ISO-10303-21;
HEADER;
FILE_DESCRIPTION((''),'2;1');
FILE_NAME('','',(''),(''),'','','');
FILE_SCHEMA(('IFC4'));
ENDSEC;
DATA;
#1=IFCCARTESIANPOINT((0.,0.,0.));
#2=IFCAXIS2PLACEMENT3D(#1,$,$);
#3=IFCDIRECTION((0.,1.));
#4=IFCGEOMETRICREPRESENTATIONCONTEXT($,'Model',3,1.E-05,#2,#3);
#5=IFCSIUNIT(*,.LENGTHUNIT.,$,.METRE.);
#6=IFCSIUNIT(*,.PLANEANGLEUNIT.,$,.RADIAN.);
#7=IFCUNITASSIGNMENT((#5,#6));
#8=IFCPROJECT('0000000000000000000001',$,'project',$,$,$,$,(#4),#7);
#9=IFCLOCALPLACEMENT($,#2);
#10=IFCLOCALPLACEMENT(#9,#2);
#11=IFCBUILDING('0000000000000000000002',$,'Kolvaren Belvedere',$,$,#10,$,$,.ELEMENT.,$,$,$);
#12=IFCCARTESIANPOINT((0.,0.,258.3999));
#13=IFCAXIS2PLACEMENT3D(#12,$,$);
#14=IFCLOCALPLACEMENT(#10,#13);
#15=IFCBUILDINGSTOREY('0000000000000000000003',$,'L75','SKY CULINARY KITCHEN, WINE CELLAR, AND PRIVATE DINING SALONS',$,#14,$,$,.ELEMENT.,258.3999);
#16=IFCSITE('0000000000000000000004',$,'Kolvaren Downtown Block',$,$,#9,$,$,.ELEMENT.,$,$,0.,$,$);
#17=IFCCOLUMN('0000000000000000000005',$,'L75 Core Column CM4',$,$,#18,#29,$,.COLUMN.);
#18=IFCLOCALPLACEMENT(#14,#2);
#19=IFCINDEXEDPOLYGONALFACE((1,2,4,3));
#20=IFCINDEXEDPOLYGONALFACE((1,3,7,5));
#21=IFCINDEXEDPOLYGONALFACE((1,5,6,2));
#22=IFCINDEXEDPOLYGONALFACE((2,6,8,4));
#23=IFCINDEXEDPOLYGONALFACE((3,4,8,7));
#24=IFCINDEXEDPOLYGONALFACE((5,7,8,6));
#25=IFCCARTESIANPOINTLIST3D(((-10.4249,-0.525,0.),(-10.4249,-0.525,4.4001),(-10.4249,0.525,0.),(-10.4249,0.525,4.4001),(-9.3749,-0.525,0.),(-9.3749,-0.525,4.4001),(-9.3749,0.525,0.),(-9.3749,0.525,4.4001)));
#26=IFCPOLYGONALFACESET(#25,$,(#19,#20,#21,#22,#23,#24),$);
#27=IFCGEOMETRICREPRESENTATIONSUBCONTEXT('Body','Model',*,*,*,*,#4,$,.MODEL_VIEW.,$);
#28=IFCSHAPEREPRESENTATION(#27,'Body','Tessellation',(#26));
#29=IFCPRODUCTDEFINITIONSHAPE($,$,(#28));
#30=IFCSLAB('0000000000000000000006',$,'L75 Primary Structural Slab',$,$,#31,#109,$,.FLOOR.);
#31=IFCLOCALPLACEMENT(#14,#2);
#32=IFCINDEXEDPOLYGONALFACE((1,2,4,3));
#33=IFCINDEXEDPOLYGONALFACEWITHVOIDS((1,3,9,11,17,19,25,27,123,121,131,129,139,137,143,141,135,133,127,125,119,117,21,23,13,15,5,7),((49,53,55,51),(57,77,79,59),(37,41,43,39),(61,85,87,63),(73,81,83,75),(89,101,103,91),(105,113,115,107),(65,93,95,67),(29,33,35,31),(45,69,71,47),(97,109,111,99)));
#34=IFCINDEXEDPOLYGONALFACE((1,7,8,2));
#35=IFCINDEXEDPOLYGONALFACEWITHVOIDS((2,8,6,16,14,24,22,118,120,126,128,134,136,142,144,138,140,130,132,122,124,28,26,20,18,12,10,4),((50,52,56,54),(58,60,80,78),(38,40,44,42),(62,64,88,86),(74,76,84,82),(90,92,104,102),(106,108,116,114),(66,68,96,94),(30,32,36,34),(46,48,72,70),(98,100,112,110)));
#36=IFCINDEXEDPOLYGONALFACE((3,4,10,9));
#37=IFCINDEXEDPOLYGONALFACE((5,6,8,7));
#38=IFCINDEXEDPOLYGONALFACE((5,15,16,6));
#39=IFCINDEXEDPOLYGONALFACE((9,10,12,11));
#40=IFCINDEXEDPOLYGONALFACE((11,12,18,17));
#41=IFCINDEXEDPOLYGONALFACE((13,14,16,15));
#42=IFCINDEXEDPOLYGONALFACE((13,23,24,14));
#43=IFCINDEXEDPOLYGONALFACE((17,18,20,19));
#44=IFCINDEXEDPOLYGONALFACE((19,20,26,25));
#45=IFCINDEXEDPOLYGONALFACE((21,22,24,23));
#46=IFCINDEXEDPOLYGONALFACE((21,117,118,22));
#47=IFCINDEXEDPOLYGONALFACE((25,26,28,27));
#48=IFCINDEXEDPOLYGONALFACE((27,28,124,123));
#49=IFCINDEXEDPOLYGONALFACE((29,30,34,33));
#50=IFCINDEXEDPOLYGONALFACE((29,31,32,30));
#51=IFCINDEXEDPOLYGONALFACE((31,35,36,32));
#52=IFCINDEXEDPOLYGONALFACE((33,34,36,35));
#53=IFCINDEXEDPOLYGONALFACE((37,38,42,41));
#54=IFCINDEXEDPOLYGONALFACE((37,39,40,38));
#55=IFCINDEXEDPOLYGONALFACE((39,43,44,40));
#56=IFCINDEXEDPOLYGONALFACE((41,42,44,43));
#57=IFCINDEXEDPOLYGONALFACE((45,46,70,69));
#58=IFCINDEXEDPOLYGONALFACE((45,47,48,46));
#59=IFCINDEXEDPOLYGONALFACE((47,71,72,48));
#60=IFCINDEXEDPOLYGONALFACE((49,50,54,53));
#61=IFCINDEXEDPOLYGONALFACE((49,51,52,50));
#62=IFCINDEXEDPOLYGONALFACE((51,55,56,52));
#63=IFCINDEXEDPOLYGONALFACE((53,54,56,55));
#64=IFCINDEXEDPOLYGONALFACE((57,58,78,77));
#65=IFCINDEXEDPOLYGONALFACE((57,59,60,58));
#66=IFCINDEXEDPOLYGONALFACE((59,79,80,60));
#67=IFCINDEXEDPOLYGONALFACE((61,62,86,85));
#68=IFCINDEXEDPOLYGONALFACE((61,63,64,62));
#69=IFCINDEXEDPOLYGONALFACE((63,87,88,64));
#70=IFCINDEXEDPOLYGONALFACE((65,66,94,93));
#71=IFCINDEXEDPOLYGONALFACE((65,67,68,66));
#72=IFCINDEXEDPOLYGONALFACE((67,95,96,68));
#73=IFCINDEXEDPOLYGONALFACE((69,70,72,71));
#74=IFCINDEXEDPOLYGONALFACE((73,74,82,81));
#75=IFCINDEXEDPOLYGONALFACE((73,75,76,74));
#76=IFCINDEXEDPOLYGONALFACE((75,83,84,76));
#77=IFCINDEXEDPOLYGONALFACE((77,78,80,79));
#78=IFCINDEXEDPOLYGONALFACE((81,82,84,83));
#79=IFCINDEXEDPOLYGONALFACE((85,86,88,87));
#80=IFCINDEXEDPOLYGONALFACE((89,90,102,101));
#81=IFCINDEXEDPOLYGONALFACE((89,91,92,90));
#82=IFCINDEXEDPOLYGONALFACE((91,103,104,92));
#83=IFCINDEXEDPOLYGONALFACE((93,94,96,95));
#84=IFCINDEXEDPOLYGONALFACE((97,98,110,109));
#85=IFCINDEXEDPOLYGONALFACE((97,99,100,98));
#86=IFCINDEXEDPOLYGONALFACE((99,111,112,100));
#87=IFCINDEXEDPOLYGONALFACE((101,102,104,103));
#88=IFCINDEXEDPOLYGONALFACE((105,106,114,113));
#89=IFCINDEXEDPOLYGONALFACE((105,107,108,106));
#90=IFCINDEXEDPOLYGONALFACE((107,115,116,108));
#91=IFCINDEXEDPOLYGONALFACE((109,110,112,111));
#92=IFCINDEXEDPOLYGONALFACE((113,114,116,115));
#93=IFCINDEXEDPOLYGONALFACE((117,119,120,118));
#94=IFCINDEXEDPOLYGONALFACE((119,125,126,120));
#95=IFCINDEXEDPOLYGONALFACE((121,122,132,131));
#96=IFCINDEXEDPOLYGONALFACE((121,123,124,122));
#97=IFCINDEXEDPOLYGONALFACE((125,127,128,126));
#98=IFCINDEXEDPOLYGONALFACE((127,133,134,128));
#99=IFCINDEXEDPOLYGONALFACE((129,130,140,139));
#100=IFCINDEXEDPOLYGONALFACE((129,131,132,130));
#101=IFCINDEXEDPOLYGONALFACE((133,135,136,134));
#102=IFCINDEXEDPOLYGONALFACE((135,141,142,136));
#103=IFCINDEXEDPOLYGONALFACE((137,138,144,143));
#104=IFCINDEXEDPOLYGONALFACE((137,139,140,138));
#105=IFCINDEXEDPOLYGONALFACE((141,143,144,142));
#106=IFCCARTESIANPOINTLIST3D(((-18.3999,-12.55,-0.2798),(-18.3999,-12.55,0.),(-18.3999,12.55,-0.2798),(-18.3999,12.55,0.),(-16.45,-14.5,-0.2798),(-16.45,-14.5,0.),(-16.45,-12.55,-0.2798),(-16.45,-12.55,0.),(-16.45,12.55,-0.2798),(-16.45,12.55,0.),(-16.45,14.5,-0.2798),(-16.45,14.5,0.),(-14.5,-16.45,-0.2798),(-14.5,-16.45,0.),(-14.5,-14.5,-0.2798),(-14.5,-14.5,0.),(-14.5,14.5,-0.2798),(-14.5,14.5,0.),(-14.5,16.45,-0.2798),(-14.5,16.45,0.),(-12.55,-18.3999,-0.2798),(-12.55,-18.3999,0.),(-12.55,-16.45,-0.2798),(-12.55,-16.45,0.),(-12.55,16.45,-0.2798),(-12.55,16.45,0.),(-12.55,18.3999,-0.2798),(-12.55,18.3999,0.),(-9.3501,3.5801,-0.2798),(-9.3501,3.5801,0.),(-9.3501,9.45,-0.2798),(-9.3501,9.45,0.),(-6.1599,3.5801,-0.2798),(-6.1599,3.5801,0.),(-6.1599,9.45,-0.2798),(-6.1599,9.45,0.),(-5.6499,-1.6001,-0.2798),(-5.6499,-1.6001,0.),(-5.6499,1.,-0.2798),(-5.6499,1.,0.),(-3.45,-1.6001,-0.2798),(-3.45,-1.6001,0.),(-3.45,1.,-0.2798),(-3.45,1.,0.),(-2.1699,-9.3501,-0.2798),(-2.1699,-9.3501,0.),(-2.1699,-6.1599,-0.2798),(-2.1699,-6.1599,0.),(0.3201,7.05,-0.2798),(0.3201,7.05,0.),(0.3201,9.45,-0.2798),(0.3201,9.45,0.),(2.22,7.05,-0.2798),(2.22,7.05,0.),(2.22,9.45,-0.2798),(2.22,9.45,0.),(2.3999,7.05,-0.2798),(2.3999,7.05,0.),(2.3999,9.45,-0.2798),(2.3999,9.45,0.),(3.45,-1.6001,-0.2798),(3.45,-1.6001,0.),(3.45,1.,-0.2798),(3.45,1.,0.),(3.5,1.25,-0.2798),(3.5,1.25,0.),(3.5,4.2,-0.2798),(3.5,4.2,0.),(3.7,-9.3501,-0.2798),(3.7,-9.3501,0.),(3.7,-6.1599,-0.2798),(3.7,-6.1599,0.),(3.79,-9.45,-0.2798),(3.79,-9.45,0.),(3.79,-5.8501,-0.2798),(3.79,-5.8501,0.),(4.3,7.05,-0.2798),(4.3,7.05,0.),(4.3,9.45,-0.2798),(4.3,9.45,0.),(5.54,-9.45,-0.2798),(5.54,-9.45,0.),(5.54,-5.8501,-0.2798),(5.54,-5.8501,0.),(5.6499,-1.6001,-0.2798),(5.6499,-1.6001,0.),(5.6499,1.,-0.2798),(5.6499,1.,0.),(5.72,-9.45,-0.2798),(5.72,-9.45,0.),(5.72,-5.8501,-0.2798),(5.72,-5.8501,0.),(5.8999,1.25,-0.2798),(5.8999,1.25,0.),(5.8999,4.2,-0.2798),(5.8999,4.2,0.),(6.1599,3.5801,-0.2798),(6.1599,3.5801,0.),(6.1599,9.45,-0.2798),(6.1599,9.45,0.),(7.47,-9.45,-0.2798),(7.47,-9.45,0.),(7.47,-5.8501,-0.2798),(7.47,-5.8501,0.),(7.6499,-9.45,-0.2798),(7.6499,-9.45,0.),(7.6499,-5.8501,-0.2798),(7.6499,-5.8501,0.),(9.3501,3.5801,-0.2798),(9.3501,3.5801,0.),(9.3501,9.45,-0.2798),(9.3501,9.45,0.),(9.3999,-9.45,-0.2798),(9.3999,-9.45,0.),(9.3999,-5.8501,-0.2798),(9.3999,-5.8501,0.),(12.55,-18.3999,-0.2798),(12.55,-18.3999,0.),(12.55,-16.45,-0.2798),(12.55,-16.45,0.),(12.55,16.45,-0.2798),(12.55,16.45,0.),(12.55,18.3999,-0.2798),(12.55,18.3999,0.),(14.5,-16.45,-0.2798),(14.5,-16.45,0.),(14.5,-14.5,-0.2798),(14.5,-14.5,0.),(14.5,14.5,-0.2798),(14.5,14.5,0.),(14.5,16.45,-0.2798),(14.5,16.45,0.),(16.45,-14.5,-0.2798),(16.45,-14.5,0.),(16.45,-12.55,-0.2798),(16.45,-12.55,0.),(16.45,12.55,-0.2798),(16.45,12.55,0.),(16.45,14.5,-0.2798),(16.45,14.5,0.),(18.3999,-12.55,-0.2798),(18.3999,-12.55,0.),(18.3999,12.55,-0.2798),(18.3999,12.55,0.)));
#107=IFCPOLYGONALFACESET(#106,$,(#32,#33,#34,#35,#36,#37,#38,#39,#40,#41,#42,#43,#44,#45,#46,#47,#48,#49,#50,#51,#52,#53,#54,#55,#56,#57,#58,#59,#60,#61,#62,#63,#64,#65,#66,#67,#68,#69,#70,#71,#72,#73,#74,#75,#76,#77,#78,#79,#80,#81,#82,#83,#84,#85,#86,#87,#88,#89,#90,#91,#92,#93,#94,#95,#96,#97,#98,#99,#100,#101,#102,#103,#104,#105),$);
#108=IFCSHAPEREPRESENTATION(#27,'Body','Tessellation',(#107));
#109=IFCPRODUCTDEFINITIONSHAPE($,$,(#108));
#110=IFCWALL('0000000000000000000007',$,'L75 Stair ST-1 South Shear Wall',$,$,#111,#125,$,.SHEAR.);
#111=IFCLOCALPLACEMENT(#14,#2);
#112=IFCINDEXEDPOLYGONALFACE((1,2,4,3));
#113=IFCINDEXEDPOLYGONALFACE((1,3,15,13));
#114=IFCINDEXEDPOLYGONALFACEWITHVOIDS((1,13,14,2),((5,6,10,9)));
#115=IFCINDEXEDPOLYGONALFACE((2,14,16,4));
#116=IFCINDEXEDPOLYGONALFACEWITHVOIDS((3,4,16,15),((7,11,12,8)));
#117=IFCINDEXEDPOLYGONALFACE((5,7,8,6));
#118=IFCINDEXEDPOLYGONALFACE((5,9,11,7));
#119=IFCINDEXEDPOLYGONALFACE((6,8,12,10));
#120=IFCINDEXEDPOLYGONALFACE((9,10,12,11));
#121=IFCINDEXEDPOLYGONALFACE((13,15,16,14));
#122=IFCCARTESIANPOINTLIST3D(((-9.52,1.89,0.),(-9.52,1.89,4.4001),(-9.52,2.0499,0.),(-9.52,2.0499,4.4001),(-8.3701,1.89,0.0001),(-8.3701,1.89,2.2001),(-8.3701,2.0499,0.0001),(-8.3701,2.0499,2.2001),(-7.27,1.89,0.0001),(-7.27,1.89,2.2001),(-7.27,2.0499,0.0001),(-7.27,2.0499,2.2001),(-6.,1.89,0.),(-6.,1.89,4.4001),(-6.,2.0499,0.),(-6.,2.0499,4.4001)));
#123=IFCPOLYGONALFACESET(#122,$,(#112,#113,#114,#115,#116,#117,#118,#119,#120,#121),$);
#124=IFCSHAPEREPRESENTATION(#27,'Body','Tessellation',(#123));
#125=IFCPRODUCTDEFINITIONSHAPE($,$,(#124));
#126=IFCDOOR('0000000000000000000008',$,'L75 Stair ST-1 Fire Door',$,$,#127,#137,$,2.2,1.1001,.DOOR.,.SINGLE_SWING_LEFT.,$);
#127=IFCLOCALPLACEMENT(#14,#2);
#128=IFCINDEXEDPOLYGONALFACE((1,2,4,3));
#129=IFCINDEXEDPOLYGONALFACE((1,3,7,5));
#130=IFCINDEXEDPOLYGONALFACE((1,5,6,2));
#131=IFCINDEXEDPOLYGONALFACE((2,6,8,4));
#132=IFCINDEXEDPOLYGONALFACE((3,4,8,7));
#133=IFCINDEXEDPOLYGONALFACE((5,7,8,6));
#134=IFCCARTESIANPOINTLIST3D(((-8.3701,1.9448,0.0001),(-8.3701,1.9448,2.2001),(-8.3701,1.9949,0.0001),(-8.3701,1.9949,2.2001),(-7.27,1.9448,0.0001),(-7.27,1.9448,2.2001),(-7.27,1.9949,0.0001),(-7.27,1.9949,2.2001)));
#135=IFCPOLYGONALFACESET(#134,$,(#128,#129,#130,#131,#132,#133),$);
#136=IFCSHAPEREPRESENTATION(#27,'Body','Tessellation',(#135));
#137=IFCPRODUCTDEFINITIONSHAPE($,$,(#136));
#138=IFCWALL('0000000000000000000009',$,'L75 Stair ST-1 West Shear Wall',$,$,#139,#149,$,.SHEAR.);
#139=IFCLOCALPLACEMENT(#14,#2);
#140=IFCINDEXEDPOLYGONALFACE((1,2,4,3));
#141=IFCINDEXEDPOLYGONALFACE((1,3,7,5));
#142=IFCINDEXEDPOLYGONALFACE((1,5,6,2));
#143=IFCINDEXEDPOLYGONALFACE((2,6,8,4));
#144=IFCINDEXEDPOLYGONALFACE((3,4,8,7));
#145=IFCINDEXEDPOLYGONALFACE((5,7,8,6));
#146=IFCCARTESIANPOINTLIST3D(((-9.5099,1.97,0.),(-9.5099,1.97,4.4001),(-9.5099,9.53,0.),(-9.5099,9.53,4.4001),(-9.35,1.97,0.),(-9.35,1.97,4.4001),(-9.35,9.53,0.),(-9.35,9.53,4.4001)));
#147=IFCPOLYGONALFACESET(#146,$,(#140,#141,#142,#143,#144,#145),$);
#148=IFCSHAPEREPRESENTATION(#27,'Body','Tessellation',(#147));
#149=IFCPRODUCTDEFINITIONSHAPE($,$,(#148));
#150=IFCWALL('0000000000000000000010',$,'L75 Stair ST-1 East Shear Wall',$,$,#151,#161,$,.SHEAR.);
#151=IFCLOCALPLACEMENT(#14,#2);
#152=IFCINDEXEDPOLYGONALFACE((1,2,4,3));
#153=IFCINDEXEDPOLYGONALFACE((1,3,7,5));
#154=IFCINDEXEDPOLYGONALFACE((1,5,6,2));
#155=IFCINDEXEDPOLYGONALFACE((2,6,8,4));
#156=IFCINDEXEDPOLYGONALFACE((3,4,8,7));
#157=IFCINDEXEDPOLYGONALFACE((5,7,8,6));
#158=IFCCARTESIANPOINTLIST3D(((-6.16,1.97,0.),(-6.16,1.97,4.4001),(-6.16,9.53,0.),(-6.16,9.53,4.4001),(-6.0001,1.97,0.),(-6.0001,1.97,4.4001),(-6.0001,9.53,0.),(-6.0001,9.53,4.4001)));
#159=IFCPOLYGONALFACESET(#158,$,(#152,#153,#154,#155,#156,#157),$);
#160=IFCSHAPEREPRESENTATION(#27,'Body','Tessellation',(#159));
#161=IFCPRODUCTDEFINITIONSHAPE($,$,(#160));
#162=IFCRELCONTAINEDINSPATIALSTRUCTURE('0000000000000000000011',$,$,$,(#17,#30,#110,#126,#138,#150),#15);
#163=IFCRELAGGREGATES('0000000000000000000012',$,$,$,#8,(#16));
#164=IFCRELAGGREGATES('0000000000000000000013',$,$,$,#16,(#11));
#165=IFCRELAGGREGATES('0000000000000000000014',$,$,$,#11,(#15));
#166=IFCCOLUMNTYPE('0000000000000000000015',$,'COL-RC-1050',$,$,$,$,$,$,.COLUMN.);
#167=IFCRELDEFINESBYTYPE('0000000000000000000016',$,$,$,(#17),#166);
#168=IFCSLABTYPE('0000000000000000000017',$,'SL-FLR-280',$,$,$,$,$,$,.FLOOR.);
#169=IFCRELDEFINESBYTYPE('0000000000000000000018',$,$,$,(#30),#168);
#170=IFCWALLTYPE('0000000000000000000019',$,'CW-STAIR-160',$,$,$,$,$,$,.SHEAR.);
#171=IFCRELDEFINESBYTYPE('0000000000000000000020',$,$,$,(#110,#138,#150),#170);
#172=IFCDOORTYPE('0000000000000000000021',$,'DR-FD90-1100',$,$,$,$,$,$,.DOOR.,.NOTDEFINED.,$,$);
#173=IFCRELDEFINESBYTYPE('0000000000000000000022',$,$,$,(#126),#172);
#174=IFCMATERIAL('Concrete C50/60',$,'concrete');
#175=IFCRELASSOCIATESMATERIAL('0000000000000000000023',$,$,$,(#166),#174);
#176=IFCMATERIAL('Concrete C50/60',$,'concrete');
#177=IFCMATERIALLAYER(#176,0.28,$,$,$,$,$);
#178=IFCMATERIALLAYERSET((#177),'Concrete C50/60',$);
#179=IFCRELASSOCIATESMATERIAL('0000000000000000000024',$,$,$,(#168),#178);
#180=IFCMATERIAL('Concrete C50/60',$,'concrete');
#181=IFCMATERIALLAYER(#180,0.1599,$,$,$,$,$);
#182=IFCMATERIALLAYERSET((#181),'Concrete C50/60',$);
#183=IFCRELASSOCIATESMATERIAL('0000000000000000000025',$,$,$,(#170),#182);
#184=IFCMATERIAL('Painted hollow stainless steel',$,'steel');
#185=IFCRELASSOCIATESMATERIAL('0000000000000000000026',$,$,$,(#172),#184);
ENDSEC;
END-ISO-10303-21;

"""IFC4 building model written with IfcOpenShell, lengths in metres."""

from ifc_helpers import new_model, si_unit, direction, frame, frame_2d, origin, origin_2d, place, context, subcontext, project, spatial, polyline, rectangle, outline, extrude, material, layer, layer_set, material_profile, profile_set, type_object, element, fill, save


model = new_model("IFC4")

# Units and contexts
model_context = context("Model", 3, precision=1e-05, world=origin(), true_north=direction((0.0, 1.0)))
body_context = subcontext(model_context, "Body", "Model", "MODEL_VIEW")
ifc_project = project(units=[si_unit("LENGTHUNIT", "METRE"), si_unit("PLANEANGLEUNIT", "RADIAN")], contexts=[model_context])

# Site, building, storey
site_placement = place(None, origin())
site = spatial("IfcSite", under=ifc_project, at=site_placement, Name="Kolvaren Downtown Block", CompositionType="ELEMENT", RefElevation=0.0)
building_placement = place(site_placement, origin())
building = spatial("IfcBuilding", under=site, at=building_placement, Name="Kolvaren Belvedere", CompositionType="ELEMENT")
storey_placement = place(building_placement, frame((0.0, 0.0, 258.3999)))
storey = spatial("IfcBuildingStorey", under=building, at=storey_placement, Name="L75", Description="SKY CULINARY KITCHEN, WINE CELLAR, AND PRIVATE DINING SALONS", CompositionType="ELEMENT", Elevation=258.3999)

# Column
ifc_material_1 = material(Name="Concrete C50/60", Category="concrete")
ifc_material_profile = material_profile(ifc_material_1, rectangle(XDim=1.05, YDim=1.05, at=origin_2d()), Name="RC 1050X1050")
ifc_profile_set = profile_set([ifc_material_profile], Name="Concrete C50/60")
column_type = type_object("IfcColumnType", Name="COL-RC-1050", PredefinedType="COLUMN", material=ifc_profile_set)
column_placement = place(storey_placement, frame((-9.8999, 0.0, 0.0), z_axis=(0.0, 0.0, 1.0), x_axis=(1.0, 0.0, 0.0)))
element("IfcColumn", 1, at=column_placement, inside=storey, type_object=column_type, Name="L75 Core Column CM4", PredefinedType="COLUMN", context=body_context, shape_type="SweptSolid", body=[
    extrude(rectangle(XDim=1.05, YDim=1.05, at=origin_2d()), origin(), (0.0, 0.0, 1.0), 4.4001),
])

# Slab
ifc_material_2 = material(Name="Concrete C50/60", Category="concrete")
ifc_layer_1 = layer(ifc_material_2, 0.28)
ifc_layer_set_1 = layer_set([ifc_layer_1], Name="Concrete C50/60")
slab_type = type_object("IfcSlabType", Name="SL-FLR-280", PredefinedType="FLOOR", material=ifc_layer_set_1)
slab_placement = place(storey_placement, frame((0.0, 0.0, -0.2798)))
element("IfcSlab", 2, at=slab_placement, inside=storey, type_object=slab_type, Name="L75 Primary Structural Slab", PredefinedType="FLOOR", context=body_context, shape_type="SweptSolid", body=[
    extrude(outline(polyline([(-12.55, -18.3999), (12.55, -18.3999), (12.55, -16.45), (14.5, -16.45), (14.5, -14.5), (16.45, -14.5), (16.45, -12.55), (18.3999, -12.55), (18.3999, 12.55), (16.45, 12.55), (16.45, 14.5), (14.5, 14.5), (14.5, 16.45), (12.55, 16.45), (12.55, 18.3999), (-12.55, 18.3999), (-12.55, 16.45), (-14.5, 16.45), (-14.5, 14.5), (-16.45, 14.5), (-16.45, 12.55), (-18.3999, 12.55), (-18.3999, -12.55), (-16.45, -12.55), (-16.45, -14.5), (-14.5, -14.5), (-14.5, -16.45), (-12.55, -16.45), (-12.55, -18.3999)]), holes=[polyline([(-9.3501, 3.5801), (-6.1599, 3.5801), (-6.1599, 9.45), (-9.3501, 9.45), (-9.3501, 3.5801)]), polyline([(6.1599, 3.5801), (9.3501, 3.5801), (9.3501, 9.45), (6.1599, 9.45), (6.1599, 3.5801)]), polyline([(-2.1699, -9.3501), (3.7, -9.3501), (3.7, -6.1599), (-2.1699, -6.1599), (-2.1699, -9.3501)]), polyline([(-5.6499, -1.6001), (-3.45, -1.6001), (-3.45, 1.0), (-5.6499, 1.0), (-5.6499, -1.6001)]), polyline([(3.5, 1.25), (5.8999, 1.25), (5.8999, 4.2), (3.5, 4.2), (3.5, 1.25)]), polyline([(3.45, -1.6001), (5.6499, -1.6001), (5.6499, 1.0), (3.45, 1.0), (3.45, -1.6001)]), polyline([(3.79, -9.45), (5.54, -9.45), (5.54, -5.8501), (3.79, -5.8501), (3.79, -9.45)]), polyline([(5.72, -9.45), (7.47, -9.45), (7.47, -5.8501), (5.72, -5.8501), (5.72, -9.45)]), polyline([(7.6499, -9.45), (9.3999, -9.45), (9.3999, -5.8501), (7.6499, -5.8501), (7.6499, -9.45)]), polyline([(0.3201, 7.05), (2.22, 7.05), (2.22, 9.45), (0.3201, 9.45), (0.3201, 7.05)]), polyline([(2.3999, 7.05), (4.3, 7.05), (4.3, 9.45), (2.3999, 9.45), (2.3999, 7.05)])]), origin(), (0.0, 0.0, 1.0), 0.2798),
])

# Wall, opening, door
ifc_material_3 = material(Name="Concrete C50/60", Category="concrete")
ifc_layer_2 = layer(ifc_material_3, 0.1599)
ifc_layer_set_2 = layer_set([ifc_layer_2], Name="Concrete C50/60")
wall_type_1 = type_object("IfcWallType", Name="CW-STAIR-160", PredefinedType="SHEAR", material=ifc_layer_set_2)
wall_1_placement = place(storey_placement, frame((-9.52, 1.97, 0.0), z_axis=(0.0, 0.0, 1.0), x_axis=(1.0, 0.0, 0.0)))
wall_1 = element("IfcWall", 3, at=wall_1_placement, inside=storey, type_object=wall_type_1, Name="L75 Stair ST-1 South Shear Wall", PredefinedType="SHEAR", context=body_context, shape_type="SweptSolid", body=[
    extrude(rectangle(XDim=3.52, YDim=0.1599, at=frame_2d((1.76, 0.0))), origin(), (0.0, 0.0, 1.0), 4.4001),
])
opening_1_placement = place(wall_1_placement, frame((1.1499, 0.0, 0.0)))
opening_1 = element("IfcOpeningElement", 4, at=opening_1_placement, cuts=wall_1, PredefinedType="OPENING", context=body_context, shape_type="SweptSolid", body=[
    extrude(rectangle(XDim=1.1001, YDim=2.2, at=frame_2d((0.55, 1.1001))), frame((0.0, 0.0898, 0.0), z_axis=(0.0, -1.0, 0.0), x_axis=(1.0, 0.0, 0.0)), (0.0, 0.0, 1.0), 0.1799),
])
ifc_material_4 = material(Name="Painted hollow stainless steel", Category="steel")
door_type_1 = type_object("IfcDoorType", Name="DR-FD90-1100", OperationType="NOTDEFINED", PredefinedType="DOOR", material=ifc_material_4)
door_1_placement = place(opening_1_placement, origin())
door_1 = element("IfcDoor", 5, at=door_1_placement, inside=storey, type_object=door_type_1, Name="L75 Stair ST-1 Fire Door", OperationType="SINGLE_SWING_LEFT", OverallHeight=2.2, OverallWidth=1.1001, PredefinedType="DOOR", context=body_context, shape_type="SweptSolid", body=[
    extrude(rectangle(XDim=1.1001, YDim=2.2, at=frame_2d((0.55, 1.1001))), frame((0.0, 0.0249, 0.0), z_axis=(0.0, -1.0, 0.0), x_axis=(1.0, 0.0, 0.0)), (0.0, 0.0, 1.0), 0.05),
])
fill(opening_1, door_1)

# Walls
for number, where, z_axis, x_axis, name in (
    (6, (-9.4299, 1.97, 0.0), (0.0, 0.0, 1.0), (0.0, 1.0, 0.0), "L75 Stair ST-1 West Shear Wall"),
    (7, (-6.0801, 1.97, 0.0), (0.0, 0.0, 1.0), (0.0, 1.0, 0.0), "L75 Stair ST-1 East Shear Wall"),
):
    element("IfcWall", number, at=place(storey_placement, frame(where, z_axis=z_axis, x_axis=x_axis)), inside=storey, type_object=wall_type_1, Name=name, PredefinedType="SHEAR", context=body_context, shape_type="SweptSolid", body=[
        extrude(rectangle(XDim=7.5601, YDim=0.1599, at=frame_2d((3.78, 0.0))), origin(), (0.0, 0.0, 1.0), 4.4001),
    ])

save(model, "model.ifc")
